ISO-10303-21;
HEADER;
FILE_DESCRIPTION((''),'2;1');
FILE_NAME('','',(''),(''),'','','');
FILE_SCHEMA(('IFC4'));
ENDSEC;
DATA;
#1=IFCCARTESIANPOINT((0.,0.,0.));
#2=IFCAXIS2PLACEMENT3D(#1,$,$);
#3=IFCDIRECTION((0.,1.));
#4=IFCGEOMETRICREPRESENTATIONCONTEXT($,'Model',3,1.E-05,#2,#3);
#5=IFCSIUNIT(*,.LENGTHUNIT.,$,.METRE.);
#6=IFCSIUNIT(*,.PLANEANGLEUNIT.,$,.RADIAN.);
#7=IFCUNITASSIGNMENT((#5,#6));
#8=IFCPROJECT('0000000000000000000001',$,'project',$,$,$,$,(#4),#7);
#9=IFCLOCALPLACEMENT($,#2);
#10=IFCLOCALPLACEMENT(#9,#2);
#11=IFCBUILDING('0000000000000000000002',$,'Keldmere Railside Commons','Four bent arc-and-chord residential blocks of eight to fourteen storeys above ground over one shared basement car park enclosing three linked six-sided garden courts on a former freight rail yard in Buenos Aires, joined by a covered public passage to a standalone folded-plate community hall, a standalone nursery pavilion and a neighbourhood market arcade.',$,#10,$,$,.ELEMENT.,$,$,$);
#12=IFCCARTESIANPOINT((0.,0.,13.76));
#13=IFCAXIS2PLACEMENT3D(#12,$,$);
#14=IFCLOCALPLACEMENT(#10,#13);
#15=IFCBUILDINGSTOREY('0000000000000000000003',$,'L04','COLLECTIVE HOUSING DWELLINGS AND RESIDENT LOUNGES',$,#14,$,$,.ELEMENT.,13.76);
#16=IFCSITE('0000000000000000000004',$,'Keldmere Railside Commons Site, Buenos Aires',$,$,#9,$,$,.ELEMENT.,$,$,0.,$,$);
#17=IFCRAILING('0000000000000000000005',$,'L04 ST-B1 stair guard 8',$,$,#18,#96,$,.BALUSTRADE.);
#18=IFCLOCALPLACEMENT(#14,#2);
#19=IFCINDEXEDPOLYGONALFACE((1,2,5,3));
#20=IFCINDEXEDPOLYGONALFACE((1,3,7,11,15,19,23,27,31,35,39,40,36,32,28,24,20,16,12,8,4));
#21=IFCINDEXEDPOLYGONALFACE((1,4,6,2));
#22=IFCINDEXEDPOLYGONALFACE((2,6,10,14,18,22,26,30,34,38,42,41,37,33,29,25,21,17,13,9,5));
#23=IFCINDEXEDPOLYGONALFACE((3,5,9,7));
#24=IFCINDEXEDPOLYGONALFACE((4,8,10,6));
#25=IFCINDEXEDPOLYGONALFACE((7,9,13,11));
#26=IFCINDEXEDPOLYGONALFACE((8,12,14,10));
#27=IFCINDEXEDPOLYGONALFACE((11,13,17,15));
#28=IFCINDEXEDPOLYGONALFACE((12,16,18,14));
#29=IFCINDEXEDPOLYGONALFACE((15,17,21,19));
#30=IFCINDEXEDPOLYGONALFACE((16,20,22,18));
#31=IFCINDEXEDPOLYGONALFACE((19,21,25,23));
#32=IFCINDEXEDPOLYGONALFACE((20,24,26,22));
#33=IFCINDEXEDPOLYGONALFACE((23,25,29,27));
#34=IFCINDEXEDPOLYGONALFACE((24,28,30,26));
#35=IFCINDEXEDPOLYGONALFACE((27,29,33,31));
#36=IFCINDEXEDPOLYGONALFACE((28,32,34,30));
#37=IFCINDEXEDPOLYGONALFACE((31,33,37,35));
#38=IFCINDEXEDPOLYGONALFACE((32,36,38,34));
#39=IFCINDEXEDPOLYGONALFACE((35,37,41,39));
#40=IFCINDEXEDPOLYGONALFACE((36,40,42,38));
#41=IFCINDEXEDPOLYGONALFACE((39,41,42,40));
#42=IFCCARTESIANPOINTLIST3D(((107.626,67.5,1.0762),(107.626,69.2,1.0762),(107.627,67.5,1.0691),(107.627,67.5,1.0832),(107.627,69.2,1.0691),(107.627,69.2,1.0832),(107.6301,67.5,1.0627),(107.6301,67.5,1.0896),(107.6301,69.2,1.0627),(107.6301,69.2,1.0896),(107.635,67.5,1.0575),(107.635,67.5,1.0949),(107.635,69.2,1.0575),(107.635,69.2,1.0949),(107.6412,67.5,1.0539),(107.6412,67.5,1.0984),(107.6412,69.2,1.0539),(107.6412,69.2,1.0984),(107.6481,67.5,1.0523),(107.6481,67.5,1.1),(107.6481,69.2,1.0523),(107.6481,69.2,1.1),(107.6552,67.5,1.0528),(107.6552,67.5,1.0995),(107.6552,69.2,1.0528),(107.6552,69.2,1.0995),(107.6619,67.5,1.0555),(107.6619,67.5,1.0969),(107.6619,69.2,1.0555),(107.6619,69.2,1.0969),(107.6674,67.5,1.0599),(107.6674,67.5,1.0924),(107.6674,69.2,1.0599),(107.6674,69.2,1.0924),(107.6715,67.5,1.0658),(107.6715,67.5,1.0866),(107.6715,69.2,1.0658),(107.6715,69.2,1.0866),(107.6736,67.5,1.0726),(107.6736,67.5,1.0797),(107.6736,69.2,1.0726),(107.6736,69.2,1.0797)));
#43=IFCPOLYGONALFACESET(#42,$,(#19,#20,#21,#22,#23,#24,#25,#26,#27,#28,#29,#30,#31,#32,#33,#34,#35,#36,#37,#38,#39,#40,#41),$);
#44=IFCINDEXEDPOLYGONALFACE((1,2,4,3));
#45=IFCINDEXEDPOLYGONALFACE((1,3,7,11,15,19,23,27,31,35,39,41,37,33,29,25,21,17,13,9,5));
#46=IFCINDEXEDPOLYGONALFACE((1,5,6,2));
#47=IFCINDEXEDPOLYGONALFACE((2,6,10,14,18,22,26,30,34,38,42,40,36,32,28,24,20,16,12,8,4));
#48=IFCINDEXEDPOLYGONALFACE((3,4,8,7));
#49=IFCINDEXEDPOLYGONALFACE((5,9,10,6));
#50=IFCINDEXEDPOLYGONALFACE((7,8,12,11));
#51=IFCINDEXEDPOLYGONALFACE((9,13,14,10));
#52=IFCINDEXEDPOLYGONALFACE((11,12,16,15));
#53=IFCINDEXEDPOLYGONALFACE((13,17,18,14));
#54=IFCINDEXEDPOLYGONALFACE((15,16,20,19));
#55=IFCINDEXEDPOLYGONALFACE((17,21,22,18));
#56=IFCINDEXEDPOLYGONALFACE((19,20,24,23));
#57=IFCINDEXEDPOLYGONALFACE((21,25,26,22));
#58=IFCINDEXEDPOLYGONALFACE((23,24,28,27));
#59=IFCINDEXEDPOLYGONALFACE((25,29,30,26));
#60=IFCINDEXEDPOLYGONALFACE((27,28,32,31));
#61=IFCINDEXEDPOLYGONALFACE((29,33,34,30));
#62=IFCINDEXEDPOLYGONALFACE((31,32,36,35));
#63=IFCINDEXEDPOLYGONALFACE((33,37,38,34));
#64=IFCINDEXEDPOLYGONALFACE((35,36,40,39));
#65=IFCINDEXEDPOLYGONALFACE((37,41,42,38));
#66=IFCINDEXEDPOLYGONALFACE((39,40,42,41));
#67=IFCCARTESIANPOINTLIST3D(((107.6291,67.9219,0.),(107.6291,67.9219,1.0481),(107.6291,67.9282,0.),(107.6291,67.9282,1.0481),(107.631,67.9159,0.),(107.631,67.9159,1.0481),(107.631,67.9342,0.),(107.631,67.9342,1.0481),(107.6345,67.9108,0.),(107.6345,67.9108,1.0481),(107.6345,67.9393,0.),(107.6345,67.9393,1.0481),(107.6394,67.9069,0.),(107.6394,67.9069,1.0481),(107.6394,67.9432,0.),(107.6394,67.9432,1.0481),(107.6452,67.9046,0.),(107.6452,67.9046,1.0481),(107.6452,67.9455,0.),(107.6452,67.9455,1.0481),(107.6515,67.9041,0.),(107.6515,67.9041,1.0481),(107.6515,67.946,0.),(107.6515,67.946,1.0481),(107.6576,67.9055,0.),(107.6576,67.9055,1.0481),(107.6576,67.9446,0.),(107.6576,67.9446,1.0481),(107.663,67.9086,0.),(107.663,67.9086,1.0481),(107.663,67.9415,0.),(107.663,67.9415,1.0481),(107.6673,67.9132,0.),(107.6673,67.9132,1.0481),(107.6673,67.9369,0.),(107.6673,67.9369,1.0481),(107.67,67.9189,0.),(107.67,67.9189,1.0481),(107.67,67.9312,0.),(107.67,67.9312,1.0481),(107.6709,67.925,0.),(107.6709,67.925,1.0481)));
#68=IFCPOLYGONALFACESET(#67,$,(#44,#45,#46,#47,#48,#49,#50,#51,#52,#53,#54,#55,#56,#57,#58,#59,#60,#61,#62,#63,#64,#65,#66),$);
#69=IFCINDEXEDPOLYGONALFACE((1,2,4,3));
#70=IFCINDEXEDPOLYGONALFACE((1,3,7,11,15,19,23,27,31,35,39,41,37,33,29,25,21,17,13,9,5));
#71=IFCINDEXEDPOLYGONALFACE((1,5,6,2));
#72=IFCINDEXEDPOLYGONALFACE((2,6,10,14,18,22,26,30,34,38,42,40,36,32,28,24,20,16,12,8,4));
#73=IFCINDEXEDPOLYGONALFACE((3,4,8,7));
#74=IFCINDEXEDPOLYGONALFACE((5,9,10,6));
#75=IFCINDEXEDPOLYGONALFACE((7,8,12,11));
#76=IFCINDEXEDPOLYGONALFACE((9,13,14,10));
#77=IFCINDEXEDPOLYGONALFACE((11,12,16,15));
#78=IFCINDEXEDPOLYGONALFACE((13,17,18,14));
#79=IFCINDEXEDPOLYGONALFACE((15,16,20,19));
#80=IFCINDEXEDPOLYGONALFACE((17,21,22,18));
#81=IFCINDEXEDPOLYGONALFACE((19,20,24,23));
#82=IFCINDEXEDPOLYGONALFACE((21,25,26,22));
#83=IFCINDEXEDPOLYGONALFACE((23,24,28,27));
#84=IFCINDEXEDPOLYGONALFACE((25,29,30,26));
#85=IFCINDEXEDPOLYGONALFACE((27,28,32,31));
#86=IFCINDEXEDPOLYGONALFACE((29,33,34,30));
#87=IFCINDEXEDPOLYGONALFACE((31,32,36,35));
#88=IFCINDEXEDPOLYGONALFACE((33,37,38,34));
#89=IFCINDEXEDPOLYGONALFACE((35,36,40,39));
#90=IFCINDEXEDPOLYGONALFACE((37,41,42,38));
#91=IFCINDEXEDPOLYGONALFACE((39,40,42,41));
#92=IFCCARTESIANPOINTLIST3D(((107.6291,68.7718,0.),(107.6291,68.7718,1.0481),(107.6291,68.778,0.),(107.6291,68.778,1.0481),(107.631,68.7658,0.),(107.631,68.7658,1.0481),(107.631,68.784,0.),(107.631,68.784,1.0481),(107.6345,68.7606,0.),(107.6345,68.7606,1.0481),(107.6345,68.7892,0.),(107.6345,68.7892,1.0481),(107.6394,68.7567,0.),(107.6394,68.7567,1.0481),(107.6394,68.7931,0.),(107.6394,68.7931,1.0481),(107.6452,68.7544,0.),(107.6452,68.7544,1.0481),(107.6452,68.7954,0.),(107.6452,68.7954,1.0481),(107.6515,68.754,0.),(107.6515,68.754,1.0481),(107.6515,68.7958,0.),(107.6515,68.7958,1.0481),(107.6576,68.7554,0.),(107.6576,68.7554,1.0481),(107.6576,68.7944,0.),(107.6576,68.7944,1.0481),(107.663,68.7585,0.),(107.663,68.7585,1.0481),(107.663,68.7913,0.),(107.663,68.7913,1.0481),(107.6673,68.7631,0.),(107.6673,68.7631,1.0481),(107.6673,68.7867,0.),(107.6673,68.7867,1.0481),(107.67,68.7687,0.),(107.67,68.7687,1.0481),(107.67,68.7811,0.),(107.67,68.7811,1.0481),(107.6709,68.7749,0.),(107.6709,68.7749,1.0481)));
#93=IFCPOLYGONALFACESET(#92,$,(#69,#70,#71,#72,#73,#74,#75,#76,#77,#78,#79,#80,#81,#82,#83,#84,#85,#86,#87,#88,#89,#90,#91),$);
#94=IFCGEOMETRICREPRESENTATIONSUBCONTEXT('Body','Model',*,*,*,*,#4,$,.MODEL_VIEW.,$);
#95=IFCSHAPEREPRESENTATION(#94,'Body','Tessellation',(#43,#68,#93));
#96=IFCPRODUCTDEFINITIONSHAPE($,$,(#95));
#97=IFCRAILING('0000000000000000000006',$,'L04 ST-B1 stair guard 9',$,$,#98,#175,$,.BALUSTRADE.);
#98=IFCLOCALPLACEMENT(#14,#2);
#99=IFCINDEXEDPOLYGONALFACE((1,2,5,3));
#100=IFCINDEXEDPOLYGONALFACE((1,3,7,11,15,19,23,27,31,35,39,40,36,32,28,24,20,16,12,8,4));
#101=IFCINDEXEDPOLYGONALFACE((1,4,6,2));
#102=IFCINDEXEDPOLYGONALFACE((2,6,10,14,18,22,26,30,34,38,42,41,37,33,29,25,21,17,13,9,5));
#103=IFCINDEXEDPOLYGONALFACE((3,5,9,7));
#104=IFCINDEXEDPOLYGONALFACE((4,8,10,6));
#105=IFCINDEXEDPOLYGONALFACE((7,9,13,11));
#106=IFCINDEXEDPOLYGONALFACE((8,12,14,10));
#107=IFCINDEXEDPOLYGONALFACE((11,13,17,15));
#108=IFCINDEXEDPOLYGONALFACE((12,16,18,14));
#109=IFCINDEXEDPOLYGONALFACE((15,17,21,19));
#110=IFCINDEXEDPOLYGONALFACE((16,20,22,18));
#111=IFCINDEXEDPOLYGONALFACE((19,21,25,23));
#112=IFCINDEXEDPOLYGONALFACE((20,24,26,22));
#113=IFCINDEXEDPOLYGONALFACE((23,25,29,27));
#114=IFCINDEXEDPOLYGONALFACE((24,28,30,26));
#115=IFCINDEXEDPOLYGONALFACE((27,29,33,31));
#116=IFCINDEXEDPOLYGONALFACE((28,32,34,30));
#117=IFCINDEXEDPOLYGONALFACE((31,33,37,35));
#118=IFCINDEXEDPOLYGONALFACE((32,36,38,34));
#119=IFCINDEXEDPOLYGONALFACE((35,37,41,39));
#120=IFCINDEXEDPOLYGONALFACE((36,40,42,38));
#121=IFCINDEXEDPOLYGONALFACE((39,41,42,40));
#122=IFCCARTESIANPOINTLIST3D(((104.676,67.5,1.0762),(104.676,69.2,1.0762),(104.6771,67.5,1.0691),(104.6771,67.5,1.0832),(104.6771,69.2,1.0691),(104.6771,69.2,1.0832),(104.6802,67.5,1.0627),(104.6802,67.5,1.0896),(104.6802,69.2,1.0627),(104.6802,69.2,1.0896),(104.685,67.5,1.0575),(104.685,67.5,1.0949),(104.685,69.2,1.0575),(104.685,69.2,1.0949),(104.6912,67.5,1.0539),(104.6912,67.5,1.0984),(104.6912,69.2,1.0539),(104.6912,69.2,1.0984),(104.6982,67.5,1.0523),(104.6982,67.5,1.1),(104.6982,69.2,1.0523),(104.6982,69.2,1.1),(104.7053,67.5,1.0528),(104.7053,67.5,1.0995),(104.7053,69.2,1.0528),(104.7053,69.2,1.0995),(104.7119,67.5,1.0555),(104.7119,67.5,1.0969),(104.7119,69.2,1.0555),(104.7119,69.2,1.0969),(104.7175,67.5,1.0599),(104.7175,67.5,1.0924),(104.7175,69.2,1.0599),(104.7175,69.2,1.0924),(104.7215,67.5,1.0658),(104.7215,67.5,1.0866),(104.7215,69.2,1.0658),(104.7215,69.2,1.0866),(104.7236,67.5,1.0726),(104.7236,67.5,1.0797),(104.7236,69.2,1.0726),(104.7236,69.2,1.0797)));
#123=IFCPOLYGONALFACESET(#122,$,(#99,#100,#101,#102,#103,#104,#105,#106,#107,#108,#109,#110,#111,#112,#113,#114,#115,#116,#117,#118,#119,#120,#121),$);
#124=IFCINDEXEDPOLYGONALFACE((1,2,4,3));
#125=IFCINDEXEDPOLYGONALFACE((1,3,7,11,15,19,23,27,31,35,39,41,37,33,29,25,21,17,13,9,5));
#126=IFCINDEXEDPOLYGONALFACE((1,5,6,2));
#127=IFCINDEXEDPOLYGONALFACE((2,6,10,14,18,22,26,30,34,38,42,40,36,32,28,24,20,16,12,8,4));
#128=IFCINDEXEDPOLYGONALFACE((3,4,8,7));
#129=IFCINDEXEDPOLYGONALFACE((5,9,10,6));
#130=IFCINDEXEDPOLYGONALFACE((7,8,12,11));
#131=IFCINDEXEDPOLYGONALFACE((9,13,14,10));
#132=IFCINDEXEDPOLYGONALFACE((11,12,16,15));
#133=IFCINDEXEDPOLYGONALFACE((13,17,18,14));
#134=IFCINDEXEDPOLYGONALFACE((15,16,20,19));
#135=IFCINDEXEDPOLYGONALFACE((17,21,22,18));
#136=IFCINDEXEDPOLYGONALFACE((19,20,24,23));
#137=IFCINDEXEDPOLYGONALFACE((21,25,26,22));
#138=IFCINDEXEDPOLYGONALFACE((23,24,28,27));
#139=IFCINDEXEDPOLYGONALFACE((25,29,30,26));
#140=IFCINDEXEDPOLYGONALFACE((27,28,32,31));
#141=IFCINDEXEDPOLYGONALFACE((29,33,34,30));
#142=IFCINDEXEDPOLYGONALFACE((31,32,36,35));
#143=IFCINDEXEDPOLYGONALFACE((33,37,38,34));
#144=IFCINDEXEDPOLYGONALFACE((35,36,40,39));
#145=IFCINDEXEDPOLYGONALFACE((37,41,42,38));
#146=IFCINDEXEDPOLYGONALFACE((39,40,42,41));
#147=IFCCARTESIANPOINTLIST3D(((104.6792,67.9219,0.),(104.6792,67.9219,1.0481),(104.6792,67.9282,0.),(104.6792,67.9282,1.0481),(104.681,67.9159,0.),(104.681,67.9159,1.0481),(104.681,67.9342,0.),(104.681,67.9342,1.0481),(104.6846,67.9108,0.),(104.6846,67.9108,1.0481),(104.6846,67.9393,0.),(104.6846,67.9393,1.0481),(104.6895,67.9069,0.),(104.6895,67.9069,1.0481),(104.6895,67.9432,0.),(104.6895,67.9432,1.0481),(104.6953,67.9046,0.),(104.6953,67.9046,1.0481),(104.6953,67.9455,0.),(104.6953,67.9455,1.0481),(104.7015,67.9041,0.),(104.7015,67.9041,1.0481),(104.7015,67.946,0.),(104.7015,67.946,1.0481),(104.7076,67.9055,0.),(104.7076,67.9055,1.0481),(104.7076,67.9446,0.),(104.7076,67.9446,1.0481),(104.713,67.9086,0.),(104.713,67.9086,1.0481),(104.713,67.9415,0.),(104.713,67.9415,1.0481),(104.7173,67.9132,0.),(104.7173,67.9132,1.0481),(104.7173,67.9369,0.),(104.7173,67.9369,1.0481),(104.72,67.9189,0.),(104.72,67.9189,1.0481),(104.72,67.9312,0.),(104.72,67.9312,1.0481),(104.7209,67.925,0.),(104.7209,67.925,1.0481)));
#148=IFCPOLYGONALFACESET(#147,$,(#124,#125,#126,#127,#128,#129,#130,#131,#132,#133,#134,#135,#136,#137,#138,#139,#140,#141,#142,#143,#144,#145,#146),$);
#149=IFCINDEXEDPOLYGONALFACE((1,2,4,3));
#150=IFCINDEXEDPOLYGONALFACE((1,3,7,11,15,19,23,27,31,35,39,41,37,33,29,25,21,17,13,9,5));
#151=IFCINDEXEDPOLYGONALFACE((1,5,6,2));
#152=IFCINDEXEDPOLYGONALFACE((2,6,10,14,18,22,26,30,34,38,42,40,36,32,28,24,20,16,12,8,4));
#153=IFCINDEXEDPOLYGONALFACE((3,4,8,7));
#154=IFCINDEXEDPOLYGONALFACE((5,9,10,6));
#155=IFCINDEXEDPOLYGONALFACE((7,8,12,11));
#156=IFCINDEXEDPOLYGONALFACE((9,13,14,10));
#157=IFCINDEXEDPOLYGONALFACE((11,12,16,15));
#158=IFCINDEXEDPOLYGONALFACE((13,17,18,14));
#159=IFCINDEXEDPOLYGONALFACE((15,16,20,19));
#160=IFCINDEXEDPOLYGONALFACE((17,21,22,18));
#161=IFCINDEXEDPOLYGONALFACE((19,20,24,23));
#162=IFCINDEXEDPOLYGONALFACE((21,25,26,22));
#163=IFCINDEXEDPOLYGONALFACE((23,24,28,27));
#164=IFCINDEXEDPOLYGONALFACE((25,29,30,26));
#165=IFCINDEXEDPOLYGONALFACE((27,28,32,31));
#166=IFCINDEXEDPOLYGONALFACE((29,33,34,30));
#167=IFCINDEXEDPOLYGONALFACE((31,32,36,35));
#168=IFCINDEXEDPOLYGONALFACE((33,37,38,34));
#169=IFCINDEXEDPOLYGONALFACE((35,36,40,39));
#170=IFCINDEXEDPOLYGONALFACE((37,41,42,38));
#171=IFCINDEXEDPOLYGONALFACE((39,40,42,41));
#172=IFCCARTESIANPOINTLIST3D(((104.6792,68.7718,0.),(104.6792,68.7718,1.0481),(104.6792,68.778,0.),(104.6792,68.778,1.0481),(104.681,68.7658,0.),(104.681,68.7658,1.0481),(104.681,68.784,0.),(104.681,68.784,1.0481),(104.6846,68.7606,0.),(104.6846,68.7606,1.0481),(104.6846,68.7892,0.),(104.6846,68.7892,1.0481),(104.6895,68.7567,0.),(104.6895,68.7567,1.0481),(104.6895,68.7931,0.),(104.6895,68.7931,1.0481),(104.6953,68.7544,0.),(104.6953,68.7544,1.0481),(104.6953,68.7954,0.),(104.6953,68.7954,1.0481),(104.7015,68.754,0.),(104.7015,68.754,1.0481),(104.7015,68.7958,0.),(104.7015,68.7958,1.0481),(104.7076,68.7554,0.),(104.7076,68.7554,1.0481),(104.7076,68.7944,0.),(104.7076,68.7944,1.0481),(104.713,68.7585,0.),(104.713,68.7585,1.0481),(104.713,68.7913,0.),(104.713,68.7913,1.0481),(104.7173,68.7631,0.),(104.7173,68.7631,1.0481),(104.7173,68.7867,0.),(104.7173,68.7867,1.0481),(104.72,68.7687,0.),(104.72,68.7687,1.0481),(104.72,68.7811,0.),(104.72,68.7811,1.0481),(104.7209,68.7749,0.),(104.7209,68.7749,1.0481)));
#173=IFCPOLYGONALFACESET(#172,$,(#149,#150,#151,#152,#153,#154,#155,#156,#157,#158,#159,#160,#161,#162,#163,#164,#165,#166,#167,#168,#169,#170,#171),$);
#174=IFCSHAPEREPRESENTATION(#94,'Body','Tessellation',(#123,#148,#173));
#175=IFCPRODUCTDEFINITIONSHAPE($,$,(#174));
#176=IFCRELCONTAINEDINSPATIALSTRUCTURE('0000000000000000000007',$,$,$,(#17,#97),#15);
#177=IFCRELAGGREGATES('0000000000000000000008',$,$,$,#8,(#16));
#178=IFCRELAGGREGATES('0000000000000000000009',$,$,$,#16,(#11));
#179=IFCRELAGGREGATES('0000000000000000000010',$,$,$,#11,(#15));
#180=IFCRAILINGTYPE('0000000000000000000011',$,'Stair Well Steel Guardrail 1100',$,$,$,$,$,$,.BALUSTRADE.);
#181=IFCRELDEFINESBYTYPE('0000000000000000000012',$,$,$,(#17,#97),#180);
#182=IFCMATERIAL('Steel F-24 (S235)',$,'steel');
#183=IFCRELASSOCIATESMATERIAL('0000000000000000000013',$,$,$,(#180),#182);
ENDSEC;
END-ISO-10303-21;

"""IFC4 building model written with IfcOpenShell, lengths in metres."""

from ifc_helpers import new_model, si_unit, direction, frame, origin, origin_2d, place, context, subcontext, project, spatial, circle, extrude, material, type_object, element, save


model = new_model("IFC4")

# Units and contexts
model_context = context("Model", 3, precision=1e-05, world=origin(), true_north=direction((0.0, 1.0)))
body_context = subcontext(model_context, "Body", "Model", "MODEL_VIEW")
ifc_project = project(units=[si_unit("LENGTHUNIT", "METRE"), si_unit("PLANEANGLEUNIT", "RADIAN")], contexts=[model_context])

# Site, building, storey
site_placement = place(None, origin())
site = spatial("IfcSite", under=ifc_project, at=site_placement, Name="Keldmere Railside Commons Site, Buenos Aires", CompositionType="ELEMENT", RefElevation=0.0)
building_placement = place(site_placement, origin())
building = spatial("IfcBuilding", under=site, at=building_placement, Name="Keldmere Railside Commons", Description="Four bent arc-and-chord residential blocks of eight to fourteen storeys above ground over one shared basement car park enclosing three linked six-sided garden courts on a former freight rail yard in Buenos Aires, joined by a covered public passage to a standalone folded-plate community hall, a standalone nursery pavilion and a neighbourhood market arcade.", CompositionType="ELEMENT")
storey_placement = place(building_placement, frame((0.0, 0.0, 13.76)))
storey = spatial("IfcBuildingStorey", under=building, at=storey_placement, Name="L04", Description="COLLECTIVE HOUSING DWELLINGS AND RESIDENT LOUNGES", CompositionType="ELEMENT", Elevation=13.76)

# Shared definitions
ifc_material_1 = material(Name="Steel F-24 (S235)", Category="steel")

# Railings
railing_type_1 = type_object("IfcRailingType", Name="Stair Well Steel Guardrail 1100", PredefinedType="BALUSTRADE", material=ifc_material_1)
for number, where, name in (
    (1, (107.6499, 67.5, 0.0), "L04 ST-B1 stair guard 8"),
    (2, (104.7, 67.5, 0.0), "L04 ST-B1 stair guard 9"),
):
    element("IfcRailing", number, at=place(storey_placement, frame(where)), inside=storey, type_object=railing_type_1, Name=name, PredefinedType="BALUSTRADE", context=body_context, shape_type="SweptSolid", body=[
        extrude(circle(Radius=0.0239, at=origin_2d()), frame((0.0, 0.0, 1.0762), z_axis=(0.0, 1.0, 0.0), x_axis=(-1.0, 0.0, 0.0)), (0.0, 0.0, 1.0), 1.7),
        extrude(circle(Radius=0.021, at=origin_2d()), frame((0.0, 0.425, 0.0)), (0.0, 0.0, 1.0), 1.0481),
        extrude(circle(Radius=0.021, at=origin_2d()), frame((0.0, 1.2749, 0.0)), (0.0, 0.0, 1.0), 1.0481),
    ])

save(model, "model.ifc")
